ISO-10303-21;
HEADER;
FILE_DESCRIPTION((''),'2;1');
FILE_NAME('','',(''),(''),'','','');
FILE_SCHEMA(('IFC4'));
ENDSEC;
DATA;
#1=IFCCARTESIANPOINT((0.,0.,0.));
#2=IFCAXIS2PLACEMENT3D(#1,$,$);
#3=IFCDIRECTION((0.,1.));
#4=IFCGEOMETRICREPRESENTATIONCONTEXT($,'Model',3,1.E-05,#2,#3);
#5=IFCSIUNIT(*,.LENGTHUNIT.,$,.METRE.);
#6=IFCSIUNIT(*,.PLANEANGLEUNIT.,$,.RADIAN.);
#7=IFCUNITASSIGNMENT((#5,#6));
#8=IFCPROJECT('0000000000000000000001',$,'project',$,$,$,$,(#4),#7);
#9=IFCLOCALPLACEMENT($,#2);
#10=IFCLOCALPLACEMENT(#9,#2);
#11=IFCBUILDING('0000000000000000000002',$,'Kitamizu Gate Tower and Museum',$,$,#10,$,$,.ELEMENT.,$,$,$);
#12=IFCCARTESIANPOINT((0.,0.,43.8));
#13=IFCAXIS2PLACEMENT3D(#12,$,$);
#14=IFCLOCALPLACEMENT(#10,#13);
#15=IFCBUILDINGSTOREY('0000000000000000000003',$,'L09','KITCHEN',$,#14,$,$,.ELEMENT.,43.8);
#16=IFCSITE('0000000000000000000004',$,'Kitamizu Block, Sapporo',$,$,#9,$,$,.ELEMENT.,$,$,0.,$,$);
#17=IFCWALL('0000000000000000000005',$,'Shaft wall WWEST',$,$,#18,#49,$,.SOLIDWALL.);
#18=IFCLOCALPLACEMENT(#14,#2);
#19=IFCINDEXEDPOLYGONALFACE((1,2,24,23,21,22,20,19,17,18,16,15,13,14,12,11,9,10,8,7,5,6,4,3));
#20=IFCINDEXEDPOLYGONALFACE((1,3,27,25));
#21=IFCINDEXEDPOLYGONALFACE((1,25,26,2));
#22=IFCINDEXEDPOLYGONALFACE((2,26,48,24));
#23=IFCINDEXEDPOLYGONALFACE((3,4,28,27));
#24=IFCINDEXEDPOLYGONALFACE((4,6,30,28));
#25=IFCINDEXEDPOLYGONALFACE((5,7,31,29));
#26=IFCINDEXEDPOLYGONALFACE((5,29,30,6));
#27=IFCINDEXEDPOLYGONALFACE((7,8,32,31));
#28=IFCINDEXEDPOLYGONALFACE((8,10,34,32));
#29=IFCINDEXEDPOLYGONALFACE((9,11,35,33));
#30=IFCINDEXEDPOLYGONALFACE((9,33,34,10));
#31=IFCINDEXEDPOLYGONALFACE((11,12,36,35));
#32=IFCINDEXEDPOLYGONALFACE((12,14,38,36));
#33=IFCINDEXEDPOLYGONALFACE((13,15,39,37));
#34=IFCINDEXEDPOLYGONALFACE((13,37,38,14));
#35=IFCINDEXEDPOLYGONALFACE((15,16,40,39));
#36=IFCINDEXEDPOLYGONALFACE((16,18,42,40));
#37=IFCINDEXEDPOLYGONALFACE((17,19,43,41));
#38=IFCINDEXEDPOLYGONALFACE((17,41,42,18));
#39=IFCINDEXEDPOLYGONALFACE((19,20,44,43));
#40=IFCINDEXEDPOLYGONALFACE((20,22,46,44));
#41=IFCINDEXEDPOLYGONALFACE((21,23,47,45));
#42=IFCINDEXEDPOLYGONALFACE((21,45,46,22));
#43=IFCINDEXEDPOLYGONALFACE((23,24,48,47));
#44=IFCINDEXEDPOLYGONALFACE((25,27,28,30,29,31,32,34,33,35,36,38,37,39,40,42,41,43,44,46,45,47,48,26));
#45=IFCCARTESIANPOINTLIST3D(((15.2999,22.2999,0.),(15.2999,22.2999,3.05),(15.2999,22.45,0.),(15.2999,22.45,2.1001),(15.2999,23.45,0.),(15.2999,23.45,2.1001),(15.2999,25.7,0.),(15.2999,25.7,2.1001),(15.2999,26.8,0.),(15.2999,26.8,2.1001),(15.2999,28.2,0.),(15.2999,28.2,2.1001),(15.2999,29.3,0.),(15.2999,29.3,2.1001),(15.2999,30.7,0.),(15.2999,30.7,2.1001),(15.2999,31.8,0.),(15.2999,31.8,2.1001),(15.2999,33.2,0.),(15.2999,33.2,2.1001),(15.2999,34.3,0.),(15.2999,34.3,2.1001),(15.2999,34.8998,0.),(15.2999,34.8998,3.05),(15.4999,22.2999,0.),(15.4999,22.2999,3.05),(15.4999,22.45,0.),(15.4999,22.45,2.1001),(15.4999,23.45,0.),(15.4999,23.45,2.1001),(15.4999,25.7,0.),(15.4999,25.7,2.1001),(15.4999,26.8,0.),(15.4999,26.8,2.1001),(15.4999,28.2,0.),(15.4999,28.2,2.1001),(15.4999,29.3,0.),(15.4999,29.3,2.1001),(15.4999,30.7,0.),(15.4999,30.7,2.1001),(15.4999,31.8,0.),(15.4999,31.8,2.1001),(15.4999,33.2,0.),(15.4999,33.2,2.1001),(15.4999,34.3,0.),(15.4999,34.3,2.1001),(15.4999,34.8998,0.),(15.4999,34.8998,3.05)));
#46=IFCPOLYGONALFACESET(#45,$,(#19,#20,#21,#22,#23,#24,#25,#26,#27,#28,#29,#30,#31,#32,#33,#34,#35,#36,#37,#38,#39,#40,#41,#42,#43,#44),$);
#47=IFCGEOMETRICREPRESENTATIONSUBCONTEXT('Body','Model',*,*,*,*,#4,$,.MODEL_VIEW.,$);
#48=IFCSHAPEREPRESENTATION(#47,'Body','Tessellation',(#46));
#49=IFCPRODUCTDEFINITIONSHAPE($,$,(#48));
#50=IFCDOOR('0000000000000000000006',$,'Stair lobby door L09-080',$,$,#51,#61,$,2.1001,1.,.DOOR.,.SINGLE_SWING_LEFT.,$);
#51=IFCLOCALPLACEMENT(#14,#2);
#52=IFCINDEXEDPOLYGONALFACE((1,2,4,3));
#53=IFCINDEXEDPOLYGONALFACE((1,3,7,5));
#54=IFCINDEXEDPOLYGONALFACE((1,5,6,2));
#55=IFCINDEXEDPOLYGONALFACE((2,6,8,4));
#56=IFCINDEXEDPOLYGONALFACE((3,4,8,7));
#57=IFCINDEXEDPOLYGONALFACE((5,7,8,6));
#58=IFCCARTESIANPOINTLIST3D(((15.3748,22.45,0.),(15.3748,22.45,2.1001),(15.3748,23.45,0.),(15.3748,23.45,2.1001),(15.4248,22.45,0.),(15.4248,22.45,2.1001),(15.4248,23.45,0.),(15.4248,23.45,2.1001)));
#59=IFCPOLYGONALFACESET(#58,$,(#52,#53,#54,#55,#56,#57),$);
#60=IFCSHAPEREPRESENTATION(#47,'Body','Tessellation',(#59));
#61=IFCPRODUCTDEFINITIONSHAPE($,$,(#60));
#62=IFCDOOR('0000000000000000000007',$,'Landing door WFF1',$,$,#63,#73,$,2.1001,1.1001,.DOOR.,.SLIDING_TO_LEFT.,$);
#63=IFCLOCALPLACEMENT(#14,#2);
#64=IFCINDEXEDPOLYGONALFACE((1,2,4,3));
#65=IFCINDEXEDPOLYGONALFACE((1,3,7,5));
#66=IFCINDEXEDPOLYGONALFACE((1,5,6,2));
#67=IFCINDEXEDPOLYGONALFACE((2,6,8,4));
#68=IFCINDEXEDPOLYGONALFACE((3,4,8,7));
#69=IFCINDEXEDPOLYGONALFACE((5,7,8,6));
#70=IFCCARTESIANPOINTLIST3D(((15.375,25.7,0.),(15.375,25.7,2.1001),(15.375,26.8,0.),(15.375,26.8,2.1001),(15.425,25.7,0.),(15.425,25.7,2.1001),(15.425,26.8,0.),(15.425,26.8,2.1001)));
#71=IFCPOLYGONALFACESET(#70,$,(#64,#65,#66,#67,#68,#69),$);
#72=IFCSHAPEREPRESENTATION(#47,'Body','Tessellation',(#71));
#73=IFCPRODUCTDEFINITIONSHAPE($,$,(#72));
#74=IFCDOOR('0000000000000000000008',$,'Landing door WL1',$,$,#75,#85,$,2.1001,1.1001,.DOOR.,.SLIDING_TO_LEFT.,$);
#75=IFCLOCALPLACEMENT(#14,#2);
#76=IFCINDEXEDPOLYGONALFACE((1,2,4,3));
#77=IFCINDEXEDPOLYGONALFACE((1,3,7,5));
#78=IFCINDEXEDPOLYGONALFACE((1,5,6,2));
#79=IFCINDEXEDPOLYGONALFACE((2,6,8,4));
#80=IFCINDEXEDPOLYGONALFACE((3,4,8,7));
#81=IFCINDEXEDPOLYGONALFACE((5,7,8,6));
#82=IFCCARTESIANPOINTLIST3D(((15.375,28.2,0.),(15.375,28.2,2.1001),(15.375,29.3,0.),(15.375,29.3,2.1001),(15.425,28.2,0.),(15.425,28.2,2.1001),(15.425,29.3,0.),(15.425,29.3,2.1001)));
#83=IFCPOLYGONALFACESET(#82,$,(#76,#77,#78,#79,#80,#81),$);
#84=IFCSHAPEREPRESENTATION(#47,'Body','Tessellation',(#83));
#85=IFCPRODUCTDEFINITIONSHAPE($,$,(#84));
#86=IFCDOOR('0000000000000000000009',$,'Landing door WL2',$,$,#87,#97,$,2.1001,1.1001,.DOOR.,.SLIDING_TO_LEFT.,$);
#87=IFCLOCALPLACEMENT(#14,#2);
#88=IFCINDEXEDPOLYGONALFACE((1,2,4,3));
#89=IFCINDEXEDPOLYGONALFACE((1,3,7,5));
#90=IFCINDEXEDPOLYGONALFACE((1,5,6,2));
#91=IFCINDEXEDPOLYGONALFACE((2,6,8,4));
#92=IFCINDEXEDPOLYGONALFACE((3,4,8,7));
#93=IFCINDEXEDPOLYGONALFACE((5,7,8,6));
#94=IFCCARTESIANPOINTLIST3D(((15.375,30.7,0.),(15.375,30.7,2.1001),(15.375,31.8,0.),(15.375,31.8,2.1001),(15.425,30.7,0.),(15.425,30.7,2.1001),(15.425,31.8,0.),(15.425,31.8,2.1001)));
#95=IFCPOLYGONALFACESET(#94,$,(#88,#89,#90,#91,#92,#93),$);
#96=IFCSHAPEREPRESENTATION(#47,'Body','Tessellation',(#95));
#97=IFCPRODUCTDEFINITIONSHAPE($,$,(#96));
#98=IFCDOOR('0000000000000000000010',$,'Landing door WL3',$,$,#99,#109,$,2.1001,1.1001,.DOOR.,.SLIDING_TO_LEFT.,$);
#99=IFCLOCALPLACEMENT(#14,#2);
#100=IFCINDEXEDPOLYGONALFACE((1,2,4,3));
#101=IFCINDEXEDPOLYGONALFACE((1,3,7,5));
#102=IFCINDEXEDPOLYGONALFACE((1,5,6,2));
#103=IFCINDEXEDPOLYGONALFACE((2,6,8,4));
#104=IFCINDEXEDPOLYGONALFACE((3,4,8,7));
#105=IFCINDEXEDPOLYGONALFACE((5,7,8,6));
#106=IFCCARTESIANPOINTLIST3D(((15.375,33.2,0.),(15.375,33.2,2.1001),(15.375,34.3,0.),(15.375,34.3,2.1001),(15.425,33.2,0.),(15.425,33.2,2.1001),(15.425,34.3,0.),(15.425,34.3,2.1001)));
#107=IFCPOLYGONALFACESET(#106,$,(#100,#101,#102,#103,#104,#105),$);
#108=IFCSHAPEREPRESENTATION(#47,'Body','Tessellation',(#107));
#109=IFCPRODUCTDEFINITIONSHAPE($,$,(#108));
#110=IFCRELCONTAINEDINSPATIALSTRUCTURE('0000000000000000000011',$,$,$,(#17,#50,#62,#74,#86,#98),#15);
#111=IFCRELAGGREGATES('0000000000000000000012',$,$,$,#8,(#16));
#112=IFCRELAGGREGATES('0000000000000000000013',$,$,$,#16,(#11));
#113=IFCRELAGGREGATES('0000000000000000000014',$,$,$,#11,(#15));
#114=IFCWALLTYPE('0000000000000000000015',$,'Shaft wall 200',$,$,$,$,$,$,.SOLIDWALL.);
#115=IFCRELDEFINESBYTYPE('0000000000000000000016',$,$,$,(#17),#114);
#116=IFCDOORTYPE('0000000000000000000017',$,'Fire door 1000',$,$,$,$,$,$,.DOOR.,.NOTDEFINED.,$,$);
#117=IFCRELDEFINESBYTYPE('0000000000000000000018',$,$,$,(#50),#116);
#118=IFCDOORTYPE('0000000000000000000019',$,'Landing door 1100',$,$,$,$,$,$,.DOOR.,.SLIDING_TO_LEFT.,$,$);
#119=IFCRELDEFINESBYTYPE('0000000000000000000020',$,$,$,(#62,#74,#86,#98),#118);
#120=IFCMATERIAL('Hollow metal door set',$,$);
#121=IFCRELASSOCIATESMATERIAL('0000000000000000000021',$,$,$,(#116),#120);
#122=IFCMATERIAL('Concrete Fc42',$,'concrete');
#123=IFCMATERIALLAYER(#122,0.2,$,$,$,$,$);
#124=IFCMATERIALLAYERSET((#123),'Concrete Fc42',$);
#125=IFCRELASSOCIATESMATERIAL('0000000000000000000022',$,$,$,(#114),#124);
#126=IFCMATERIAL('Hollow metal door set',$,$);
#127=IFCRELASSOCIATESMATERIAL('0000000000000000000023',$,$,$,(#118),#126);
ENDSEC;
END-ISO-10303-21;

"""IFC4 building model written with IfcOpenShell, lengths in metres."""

from ifc_helpers import new_model, si_unit, direction, frame, frame_2d, origin, place, context, subcontext, project, spatial, rectangle, extrude, material, layer, layer_set, type_object, element, fill, save


model = new_model("IFC4")

# Units and contexts
model_context = context("Model", 3, precision=1e-05, world=origin(), true_north=direction((0.0, 1.0)))
body_context = subcontext(model_context, "Body", "Model", "MODEL_VIEW")
ifc_project = project(units=[si_unit("LENGTHUNIT", "METRE"), si_unit("PLANEANGLEUNIT", "RADIAN")], contexts=[model_context])

# Site, building, storey
site_placement = place(None, origin())
site = spatial("IfcSite", under=ifc_project, at=site_placement, Name="Kitamizu Block, Sapporo", CompositionType="ELEMENT", RefElevation=0.0)
building_placement = place(site_placement, origin())
building = spatial("IfcBuilding", under=site, at=building_placement, Name="Kitamizu Gate Tower and Museum", CompositionType="ELEMENT")
storey_placement = place(building_placement, frame((0.0, 0.0, 43.8)))
storey = spatial("IfcBuildingStorey", under=building, at=storey_placement, Name="L09", Description="KITCHEN", CompositionType="ELEMENT", Elevation=43.8)

# Shared definitions
ifc_material_1 = material(Name="Hollow metal door set")
door_type_1 = type_object("IfcDoorType", Name="Fire door 1000", OperationType="NOTDEFINED", PredefinedType="DOOR", material=ifc_material_1)

# Wall, openings, doors
ifc_material_2 = material(Name="Concrete Fc42", Category="concrete")
ifc_layer_1 = layer(ifc_material_2, 0.2)
ifc_layer_set_1 = layer_set([ifc_layer_1], Name="Concrete Fc42")
wall_type_1 = type_object("IfcWallType", Name="Shaft wall 200", PredefinedType="SOLIDWALL", material=ifc_layer_set_1)
wall_1_placement = place(storey_placement, frame((15.3999, 22.3, 0.0), z_axis=(0.0, 0.0, 1.0), x_axis=(0.0, 1.0, 0.0)))
wall_1 = element("IfcWall", 1, at=wall_1_placement, inside=storey, type_object=wall_type_1, Name="Shaft wall WWEST", PredefinedType="SOLIDWALL", context=body_context, shape_type="SweptSolid", body=[
    extrude(rectangle(XDim=12.5999, YDim=0.2, at=frame_2d((6.2998, 0.0))), origin(), (0.0, 0.0, 1.0), 3.05),
])
opening_1_placement = place(wall_1_placement, frame((3.3999, 0.0, 0.0)))
opening_1 = element("IfcOpeningElement", 2, at=opening_1_placement, cuts=wall_1, PredefinedType="OPENING", context=body_context, shape_type="SweptSolid", body=[
    extrude(rectangle(XDim=1.1001, YDim=2.1001, at=frame_2d((0.55, 1.05))), frame((0.0, 0.1099, 0.0), z_axis=(0.0, -1.0, 0.0), x_axis=(1.0, 0.0, 0.0)), (0.0, 0.0, 1.0), 0.22),
])
opening_2_placement = place(wall_1_placement, frame((5.8999, 0.0, 0.0)))
opening_2 = element("IfcOpeningElement", 3, at=opening_2_placement, cuts=wall_1, PredefinedType="OPENING", context=body_context, shape_type="SweptSolid", body=[
    extrude(rectangle(XDim=1.1001, YDim=2.1001, at=frame_2d((0.55, 1.05))), frame((0.0, 0.1099, 0.0), z_axis=(0.0, -1.0, 0.0), x_axis=(1.0, 0.0, 0.0)), (0.0, 0.0, 1.0), 0.22),
])
opening_3_placement = place(wall_1_placement, frame((8.3999, 0.0, 0.0)))
opening_3 = element("IfcOpeningElement", 4, at=opening_3_placement, cuts=wall_1, PredefinedType="OPENING", context=body_context, shape_type="SweptSolid", body=[
    extrude(rectangle(XDim=1.1001, YDim=2.1001, at=frame_2d((0.55, 1.05))), frame((0.0, 0.1099, 0.0), z_axis=(0.0, -1.0, 0.0), x_axis=(1.0, 0.0, 0.0)), (0.0, 0.0, 1.0), 0.22),
])
opening_4_placement = place(wall_1_placement, frame((10.8999, 0.0, 0.0)))
opening_4 = element("IfcOpeningElement", 5, at=opening_4_placement, cuts=wall_1, PredefinedType="OPENING", context=body_context, shape_type="SweptSolid", body=[
    extrude(rectangle(XDim=1.1001, YDim=2.1001, at=frame_2d((0.55, 1.05))), frame((0.0, 0.1099, 0.0), z_axis=(0.0, -1.0, 0.0), x_axis=(1.0, 0.0, 0.0)), (0.0, 0.0, 1.0), 0.22),
])
opening_5_placement = place(wall_1_placement, frame((0.1499, 0.0, 0.0)))
opening_5 = element("IfcOpeningElement", 6, at=opening_5_placement, cuts=wall_1, PredefinedType="OPENING", context=body_context, shape_type="SweptSolid", body=[
    extrude(rectangle(XDim=1.0, YDim=2.1001, at=frame_2d((0.5, 1.05))), frame((0.0, 0.1099, 0.0), z_axis=(0.0, -1.0, 0.0), x_axis=(1.0, 0.0, 0.0)), (0.0, 0.0, 1.0), 0.22),
])
door_1_placement = place(opening_5_placement, frame((1.0, 0.0, 0.0), x_axis=(-1.0, 0.0, 0.0)))
door_1 = element("IfcDoor", 7, at=door_1_placement, inside=storey, type_object=door_type_1, Name="Stair lobby door L09-080", OperationType="SINGLE_SWING_LEFT", OverallHeight=2.1001, OverallWidth=1.0, PredefinedType="DOOR", context=body_context, shape_type="SweptSolid", body=[
    extrude(rectangle(XDim=1.0, YDim=2.1001, at=frame_2d((0.5, 1.05))), frame((0.0, 0.0249, 0.0), z_axis=(0.0, -1.0, 0.0), x_axis=(1.0, 0.0, 0.0)), (0.0, 0.0, 1.0), 0.05),
])
fill(opening_5, door_1)
ifc_material_3 = material(Name="Hollow metal door set")
door_type_2 = type_object("IfcDoorType", Name="Landing door 1100", OperationType="SLIDING_TO_LEFT", PredefinedType="DOOR", material=ifc_material_3)
door_2_placement = place(opening_1_placement, origin())
door_2 = element("IfcDoor", 8, at=door_2_placement, inside=storey, type_object=door_type_2, Name="Landing door WFF1", OperationType="SLIDING_TO_LEFT", OverallHeight=2.1001, OverallWidth=1.1001, PredefinedType="DOOR", context=body_context, shape_type="SweptSolid", body=[
    extrude(rectangle(XDim=1.1001, YDim=2.1001, at=frame_2d((0.55, 1.05))), frame((0.0, 0.0249, 0.0), z_axis=(0.0, -1.0, 0.0), x_axis=(1.0, 0.0, 0.0)), (0.0, 0.0, 1.0), 0.05),
])
fill(opening_1, door_2)
door_3_placement = place(opening_2_placement, origin())
door_3 = element("IfcDoor", 9, at=door_3_placement, inside=storey, type_object=door_type_2, Name="Landing door WL1", OperationType="SLIDING_TO_LEFT", OverallHeight=2.1001, OverallWidth=1.1001, PredefinedType="DOOR", context=body_context, shape_type="SweptSolid", body=[
    extrude(rectangle(XDim=1.1001, YDim=2.1001, at=frame_2d((0.55, 1.05))), frame((0.0, 0.0249, 0.0), z_axis=(0.0, -1.0, 0.0), x_axis=(1.0, 0.0, 0.0)), (0.0, 0.0, 1.0), 0.05),
])
fill(opening_2, door_3)
door_4_placement = place(opening_3_placement, origin())
door_4 = element("IfcDoor", 10, at=door_4_placement, inside=storey, type_object=door_type_2, Name="Landing door WL2", OperationType="SLIDING_TO_LEFT", OverallHeight=2.1001, OverallWidth=1.1001, PredefinedType="DOOR", context=body_context, shape_type="SweptSolid", body=[
    extrude(rectangle(XDim=1.1001, YDim=2.1001, at=frame_2d((0.55, 1.05))), frame((0.0, 0.0249, 0.0), z_axis=(0.0, -1.0, 0.0), x_axis=(1.0, 0.0, 0.0)), (0.0, 0.0, 1.0), 0.05),
])
fill(opening_3, door_4)
door_5_placement = place(opening_4_placement, origin())
door_5 = element("IfcDoor", 11, at=door_5_placement, inside=storey, type_object=door_type_2, Name="Landing door WL3", OperationType="SLIDING_TO_LEFT", OverallHeight=2.1001, OverallWidth=1.1001, PredefinedType="DOOR", context=body_context, shape_type="SweptSolid", body=[
    extrude(rectangle(XDim=1.1001, YDim=2.1001, at=frame_2d((0.55, 1.05))), frame((0.0, 0.0249, 0.0), z_axis=(0.0, -1.0, 0.0), x_axis=(1.0, 0.0, 0.0)), (0.0, 0.0, 1.0), 0.05),
])
fill(opening_4, door_5)

save(model, "model.ifc")
